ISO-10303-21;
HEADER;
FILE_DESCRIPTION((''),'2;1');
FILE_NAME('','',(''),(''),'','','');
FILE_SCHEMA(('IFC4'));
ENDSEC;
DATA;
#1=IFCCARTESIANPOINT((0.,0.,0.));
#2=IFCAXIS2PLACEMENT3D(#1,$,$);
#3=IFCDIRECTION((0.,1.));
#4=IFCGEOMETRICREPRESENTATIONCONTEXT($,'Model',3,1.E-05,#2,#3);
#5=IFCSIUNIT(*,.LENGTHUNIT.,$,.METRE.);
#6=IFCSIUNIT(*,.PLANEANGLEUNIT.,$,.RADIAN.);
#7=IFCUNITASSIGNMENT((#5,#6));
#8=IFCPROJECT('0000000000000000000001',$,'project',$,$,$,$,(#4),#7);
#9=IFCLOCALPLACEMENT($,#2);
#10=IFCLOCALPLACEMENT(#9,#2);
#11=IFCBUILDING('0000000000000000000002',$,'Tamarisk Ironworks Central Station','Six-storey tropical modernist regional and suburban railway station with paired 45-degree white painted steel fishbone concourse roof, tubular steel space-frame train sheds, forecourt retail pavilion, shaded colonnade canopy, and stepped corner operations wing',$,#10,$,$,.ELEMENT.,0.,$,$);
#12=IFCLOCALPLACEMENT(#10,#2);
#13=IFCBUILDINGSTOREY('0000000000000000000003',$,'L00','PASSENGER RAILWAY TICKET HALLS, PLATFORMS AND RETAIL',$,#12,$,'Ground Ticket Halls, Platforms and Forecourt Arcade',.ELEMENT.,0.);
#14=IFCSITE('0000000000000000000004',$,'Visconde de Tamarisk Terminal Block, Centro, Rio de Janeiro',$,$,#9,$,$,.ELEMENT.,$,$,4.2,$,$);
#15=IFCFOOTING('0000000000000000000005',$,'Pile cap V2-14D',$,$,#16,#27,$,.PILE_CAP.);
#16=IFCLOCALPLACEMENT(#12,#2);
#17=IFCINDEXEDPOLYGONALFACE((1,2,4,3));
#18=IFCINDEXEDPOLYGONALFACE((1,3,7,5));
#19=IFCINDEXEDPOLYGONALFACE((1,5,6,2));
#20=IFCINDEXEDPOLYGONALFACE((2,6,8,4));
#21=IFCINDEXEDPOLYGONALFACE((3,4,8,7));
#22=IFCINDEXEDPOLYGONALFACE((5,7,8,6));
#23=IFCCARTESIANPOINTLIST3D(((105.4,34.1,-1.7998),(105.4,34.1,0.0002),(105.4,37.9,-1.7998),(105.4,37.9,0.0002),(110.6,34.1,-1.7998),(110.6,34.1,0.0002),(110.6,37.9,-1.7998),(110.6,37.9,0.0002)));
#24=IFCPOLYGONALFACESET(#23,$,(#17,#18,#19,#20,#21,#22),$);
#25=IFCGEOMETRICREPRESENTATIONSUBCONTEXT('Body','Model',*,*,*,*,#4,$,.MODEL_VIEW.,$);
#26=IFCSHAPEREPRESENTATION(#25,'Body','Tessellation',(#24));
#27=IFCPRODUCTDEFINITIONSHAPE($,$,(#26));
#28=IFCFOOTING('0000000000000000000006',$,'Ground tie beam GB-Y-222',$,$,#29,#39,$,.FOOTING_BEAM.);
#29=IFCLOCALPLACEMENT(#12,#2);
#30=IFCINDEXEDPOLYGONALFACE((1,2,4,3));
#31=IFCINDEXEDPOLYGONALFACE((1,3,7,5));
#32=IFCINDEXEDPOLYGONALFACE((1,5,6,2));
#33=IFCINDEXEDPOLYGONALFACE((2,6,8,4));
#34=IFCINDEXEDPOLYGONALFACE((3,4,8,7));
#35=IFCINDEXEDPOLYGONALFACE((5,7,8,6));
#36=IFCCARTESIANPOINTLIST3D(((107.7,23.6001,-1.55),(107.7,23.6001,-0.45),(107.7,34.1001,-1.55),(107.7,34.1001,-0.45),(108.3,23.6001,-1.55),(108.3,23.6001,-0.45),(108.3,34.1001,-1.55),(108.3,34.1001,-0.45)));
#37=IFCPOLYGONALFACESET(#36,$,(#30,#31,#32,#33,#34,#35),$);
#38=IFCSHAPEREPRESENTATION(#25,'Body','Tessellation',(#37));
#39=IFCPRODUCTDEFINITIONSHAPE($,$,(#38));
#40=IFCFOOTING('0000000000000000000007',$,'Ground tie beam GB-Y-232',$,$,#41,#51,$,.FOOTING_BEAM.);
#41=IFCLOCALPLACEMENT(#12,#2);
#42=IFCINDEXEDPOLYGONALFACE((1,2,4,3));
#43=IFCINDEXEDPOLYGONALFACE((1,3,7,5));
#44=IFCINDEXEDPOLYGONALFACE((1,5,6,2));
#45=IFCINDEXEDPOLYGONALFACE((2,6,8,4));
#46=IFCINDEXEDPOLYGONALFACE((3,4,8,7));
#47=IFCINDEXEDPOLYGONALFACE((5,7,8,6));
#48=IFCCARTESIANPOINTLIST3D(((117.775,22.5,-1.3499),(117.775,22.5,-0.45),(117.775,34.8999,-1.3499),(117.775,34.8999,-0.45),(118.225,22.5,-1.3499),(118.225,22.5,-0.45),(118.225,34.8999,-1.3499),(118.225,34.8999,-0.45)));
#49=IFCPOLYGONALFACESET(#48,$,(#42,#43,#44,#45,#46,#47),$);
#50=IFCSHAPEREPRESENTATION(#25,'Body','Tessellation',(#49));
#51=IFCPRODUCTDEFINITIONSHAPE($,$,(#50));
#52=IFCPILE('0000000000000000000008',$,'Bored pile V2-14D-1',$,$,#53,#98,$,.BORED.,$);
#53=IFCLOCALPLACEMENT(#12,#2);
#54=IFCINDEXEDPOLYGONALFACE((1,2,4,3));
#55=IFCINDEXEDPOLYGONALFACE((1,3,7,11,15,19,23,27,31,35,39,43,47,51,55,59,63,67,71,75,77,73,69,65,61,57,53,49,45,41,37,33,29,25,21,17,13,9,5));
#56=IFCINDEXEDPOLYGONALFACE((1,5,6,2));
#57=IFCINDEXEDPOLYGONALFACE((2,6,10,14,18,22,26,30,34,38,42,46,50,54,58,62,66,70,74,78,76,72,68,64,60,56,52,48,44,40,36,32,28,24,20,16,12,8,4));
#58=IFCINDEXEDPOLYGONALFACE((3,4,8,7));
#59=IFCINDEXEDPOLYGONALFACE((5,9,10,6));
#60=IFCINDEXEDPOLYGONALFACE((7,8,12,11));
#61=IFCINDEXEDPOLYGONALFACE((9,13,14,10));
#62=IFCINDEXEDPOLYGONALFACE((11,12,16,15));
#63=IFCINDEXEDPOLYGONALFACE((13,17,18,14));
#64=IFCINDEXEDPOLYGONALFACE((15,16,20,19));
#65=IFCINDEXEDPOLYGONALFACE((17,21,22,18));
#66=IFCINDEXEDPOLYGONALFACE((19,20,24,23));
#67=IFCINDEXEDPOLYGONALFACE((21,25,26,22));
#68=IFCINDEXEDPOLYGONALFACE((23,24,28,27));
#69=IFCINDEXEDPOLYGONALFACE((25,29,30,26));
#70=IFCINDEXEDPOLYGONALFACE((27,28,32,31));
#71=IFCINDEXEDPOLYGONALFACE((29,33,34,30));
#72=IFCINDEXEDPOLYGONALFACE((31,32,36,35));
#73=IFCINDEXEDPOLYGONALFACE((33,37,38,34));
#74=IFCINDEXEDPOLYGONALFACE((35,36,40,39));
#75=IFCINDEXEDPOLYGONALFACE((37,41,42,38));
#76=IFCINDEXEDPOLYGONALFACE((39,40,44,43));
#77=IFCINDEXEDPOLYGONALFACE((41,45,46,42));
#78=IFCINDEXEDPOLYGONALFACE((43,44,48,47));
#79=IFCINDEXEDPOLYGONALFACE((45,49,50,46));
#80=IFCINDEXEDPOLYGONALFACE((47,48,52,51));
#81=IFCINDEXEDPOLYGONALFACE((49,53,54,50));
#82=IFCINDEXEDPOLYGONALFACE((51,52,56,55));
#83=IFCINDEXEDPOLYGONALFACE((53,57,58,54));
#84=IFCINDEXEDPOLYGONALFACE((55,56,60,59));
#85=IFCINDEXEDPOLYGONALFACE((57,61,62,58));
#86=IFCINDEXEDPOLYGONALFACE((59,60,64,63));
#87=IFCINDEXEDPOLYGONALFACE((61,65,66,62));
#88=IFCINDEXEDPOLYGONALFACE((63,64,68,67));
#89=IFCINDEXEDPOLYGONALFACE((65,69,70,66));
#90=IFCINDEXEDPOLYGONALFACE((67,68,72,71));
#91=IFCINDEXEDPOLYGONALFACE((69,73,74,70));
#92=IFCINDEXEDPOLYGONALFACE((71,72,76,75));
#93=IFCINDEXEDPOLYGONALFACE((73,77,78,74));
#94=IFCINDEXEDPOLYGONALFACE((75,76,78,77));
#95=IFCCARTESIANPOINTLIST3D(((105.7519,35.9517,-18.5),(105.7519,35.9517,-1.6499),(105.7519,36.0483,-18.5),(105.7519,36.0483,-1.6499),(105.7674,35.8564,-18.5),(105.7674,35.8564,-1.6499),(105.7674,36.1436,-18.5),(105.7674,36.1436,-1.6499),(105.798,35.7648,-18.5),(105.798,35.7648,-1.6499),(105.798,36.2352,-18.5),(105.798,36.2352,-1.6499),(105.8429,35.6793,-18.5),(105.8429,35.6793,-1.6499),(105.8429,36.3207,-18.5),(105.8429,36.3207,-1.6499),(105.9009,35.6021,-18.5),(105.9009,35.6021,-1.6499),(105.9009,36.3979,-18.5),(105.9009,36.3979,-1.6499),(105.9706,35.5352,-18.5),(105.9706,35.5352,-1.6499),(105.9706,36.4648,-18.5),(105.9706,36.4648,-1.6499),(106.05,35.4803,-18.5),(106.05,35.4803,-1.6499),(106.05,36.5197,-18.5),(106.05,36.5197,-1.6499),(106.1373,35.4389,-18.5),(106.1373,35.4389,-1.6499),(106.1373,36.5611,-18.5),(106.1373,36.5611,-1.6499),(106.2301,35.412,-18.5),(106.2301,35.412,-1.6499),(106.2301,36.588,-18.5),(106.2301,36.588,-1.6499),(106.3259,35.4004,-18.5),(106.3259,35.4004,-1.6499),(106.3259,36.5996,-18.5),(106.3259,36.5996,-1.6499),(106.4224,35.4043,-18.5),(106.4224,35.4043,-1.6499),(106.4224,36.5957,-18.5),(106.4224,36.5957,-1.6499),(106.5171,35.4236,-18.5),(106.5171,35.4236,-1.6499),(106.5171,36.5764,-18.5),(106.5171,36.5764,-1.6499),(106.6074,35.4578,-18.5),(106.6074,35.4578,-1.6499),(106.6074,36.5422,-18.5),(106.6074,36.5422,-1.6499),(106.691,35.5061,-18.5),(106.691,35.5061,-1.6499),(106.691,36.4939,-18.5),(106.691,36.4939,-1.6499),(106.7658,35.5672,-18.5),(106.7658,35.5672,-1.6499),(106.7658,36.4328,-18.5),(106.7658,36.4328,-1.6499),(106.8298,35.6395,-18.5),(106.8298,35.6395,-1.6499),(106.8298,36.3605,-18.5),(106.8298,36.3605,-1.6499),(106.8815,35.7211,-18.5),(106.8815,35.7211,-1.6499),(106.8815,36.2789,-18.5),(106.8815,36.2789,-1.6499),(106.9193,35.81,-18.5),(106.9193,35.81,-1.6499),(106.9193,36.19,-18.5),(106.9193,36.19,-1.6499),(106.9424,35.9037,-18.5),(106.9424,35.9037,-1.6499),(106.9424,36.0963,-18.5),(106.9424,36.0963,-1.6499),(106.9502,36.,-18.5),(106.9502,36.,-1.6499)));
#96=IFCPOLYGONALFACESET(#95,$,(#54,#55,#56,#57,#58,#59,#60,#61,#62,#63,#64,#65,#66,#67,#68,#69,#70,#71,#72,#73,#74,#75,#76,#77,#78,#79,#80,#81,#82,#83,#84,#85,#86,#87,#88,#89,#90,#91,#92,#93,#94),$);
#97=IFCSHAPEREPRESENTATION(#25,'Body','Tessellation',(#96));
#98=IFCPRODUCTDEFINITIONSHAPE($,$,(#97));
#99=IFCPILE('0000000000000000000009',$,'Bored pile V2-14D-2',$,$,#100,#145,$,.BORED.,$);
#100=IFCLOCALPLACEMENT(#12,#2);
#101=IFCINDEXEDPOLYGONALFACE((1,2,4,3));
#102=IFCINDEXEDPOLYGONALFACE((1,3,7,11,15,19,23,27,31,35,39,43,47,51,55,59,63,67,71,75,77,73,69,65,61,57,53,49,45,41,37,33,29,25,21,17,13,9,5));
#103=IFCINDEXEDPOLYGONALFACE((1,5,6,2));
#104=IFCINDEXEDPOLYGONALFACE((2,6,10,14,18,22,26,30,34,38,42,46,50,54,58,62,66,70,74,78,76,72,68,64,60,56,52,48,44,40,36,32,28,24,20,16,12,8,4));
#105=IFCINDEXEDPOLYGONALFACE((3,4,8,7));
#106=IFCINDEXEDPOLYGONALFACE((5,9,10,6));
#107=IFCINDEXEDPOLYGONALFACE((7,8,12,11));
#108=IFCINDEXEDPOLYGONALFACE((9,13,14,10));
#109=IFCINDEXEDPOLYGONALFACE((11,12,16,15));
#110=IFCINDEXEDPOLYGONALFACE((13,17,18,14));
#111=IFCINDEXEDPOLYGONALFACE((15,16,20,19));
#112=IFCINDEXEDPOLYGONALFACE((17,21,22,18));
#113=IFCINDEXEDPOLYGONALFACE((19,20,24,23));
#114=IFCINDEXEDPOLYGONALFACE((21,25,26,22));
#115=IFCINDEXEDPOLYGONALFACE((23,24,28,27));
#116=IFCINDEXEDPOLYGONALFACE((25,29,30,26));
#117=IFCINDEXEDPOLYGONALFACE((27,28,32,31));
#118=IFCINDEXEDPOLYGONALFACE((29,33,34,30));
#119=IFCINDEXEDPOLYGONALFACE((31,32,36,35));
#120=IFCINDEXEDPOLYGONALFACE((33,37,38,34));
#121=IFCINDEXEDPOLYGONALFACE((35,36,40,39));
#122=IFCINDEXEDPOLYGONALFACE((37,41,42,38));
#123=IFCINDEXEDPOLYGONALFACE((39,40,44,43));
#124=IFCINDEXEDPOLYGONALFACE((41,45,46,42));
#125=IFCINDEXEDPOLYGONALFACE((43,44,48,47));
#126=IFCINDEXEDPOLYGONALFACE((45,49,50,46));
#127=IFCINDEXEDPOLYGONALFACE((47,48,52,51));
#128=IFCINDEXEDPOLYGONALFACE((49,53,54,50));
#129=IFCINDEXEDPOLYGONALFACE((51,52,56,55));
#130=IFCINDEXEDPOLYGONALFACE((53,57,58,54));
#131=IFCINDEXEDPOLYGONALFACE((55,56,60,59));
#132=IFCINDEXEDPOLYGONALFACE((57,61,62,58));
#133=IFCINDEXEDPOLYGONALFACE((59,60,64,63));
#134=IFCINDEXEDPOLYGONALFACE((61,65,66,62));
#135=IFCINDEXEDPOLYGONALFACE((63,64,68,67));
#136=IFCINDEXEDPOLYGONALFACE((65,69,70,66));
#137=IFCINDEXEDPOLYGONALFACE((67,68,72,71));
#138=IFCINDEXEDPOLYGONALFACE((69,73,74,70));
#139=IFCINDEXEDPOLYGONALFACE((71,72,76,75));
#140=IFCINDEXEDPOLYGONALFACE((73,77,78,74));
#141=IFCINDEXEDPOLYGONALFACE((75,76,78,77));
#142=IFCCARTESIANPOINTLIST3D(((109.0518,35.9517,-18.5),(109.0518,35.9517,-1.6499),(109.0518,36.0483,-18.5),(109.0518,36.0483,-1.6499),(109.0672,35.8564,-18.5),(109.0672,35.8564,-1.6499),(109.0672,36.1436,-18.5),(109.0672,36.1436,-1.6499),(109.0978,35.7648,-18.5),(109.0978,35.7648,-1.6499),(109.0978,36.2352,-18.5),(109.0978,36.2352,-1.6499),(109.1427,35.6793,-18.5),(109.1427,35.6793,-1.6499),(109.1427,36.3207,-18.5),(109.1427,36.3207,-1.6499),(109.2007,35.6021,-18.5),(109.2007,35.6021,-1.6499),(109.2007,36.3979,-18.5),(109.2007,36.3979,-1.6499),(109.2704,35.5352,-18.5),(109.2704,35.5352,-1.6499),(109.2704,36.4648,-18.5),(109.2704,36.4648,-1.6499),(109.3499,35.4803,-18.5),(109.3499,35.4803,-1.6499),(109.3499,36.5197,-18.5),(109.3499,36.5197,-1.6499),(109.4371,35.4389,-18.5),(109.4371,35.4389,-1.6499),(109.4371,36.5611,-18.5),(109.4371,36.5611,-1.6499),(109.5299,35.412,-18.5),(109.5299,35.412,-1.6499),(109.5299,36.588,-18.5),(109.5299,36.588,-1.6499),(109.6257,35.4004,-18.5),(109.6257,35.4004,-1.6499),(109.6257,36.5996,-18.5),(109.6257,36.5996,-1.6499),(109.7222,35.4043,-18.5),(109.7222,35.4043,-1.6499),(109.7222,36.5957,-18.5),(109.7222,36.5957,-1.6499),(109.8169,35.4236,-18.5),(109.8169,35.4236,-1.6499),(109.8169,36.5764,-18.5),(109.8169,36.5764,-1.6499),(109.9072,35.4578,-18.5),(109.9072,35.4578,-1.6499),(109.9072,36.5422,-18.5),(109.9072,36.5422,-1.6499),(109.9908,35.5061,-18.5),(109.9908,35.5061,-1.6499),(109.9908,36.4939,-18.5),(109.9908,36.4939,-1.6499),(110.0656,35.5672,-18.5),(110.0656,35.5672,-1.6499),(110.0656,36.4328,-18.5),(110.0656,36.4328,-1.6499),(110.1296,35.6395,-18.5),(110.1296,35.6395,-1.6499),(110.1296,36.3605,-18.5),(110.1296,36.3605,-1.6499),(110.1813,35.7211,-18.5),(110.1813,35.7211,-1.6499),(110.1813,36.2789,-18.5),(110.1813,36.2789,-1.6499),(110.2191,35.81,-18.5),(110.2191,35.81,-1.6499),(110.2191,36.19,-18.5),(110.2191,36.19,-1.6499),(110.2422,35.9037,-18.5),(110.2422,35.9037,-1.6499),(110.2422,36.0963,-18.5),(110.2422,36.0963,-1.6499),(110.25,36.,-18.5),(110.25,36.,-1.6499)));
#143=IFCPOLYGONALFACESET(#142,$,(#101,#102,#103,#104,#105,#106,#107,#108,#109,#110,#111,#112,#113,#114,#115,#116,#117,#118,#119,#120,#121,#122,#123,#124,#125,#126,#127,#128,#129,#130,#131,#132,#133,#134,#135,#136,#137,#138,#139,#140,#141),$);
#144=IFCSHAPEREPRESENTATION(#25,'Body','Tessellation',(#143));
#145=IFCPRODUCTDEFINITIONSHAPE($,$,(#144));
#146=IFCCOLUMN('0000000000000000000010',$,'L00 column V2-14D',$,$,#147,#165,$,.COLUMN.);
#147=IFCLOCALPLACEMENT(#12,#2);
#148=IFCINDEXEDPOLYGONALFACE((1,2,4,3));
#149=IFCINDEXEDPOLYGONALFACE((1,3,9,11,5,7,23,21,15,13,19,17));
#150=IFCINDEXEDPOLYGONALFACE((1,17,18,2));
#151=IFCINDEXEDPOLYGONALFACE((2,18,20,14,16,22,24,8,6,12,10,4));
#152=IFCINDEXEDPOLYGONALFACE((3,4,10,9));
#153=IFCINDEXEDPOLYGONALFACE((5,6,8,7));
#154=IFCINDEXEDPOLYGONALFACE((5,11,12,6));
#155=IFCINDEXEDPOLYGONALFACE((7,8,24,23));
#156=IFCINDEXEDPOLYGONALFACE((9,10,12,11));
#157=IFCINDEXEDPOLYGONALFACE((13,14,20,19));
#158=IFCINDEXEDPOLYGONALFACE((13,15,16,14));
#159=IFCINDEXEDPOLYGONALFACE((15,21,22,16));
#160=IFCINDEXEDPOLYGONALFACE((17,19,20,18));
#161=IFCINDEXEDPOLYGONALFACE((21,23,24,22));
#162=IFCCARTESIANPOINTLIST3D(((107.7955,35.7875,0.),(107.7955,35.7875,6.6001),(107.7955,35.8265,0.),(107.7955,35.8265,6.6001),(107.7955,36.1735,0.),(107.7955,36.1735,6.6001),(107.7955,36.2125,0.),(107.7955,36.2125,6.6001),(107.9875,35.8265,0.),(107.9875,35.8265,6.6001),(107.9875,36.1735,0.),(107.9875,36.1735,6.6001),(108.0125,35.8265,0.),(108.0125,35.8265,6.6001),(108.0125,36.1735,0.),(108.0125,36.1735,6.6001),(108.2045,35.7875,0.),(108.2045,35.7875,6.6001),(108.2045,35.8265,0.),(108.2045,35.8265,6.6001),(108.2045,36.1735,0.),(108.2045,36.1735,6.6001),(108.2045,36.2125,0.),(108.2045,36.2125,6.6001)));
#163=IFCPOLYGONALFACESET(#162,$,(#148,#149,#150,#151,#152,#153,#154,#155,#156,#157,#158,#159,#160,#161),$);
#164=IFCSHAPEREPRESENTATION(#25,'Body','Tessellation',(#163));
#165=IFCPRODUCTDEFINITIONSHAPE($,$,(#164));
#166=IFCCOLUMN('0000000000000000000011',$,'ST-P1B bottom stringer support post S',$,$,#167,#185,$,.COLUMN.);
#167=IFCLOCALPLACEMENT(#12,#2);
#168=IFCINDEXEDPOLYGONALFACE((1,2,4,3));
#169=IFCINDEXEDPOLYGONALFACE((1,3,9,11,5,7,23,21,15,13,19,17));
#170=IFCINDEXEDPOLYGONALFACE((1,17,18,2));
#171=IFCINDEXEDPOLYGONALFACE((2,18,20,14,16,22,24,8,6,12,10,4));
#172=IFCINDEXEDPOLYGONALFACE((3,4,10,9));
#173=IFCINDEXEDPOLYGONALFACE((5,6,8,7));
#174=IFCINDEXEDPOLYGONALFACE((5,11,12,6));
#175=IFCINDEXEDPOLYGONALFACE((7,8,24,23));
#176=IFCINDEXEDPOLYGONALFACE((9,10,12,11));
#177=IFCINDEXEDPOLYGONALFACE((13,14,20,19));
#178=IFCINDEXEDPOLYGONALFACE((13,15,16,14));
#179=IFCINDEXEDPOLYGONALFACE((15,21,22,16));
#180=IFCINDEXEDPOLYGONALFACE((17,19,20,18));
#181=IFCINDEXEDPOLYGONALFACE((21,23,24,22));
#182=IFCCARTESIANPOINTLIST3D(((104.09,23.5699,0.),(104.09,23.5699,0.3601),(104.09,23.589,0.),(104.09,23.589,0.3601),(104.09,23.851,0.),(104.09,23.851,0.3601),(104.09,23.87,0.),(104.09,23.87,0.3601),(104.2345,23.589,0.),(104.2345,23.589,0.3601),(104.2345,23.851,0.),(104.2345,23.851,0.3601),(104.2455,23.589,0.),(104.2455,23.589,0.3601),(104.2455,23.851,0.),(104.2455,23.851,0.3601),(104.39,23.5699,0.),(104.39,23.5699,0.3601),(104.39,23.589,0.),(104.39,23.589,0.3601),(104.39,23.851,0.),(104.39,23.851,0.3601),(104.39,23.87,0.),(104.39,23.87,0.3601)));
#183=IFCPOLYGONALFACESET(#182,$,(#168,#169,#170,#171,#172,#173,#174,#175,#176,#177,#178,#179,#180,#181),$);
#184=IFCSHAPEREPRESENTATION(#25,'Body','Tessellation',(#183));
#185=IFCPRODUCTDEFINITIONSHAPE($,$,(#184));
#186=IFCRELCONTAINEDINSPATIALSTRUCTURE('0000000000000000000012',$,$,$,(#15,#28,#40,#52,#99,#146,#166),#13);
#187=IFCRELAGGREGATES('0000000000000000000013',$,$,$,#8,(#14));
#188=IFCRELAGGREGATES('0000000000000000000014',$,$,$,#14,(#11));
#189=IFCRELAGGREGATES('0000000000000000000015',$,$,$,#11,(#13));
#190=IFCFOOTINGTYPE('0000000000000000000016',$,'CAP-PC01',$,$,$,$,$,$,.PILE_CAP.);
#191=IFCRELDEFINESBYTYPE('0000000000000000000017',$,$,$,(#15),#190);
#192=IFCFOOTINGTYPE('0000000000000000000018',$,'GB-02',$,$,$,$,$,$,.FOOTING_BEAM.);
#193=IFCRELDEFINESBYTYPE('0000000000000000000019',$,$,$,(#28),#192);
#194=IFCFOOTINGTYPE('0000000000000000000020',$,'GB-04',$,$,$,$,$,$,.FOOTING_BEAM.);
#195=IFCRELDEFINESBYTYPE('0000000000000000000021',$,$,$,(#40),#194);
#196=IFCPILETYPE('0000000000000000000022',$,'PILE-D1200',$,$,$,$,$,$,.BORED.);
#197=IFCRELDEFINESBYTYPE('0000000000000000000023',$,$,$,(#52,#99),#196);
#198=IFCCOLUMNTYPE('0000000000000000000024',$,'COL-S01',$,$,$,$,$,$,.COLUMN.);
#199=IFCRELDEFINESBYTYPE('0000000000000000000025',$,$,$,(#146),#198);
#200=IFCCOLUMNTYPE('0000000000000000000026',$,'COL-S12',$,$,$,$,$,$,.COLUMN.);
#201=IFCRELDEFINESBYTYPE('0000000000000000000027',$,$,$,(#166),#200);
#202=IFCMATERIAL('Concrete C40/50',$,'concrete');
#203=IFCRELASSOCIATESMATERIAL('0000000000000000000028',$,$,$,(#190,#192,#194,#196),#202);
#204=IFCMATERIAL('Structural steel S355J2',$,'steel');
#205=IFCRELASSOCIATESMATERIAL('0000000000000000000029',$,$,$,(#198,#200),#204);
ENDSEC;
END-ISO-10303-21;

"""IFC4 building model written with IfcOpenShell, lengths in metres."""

from ifc_helpers import new_model, si_unit, direction, frame, origin, origin_2d, place, context, subcontext, project, spatial, rectangle, circle, i_section, extrude, material, material_profile, profile_set, type_object, element, save


model = new_model("IFC4")

# Units and contexts
model_context = context("Model", 3, precision=1e-05, world=origin(), true_north=direction((0.0, 1.0)))
body_context = subcontext(model_context, "Body", "Model", "MODEL_VIEW")
ifc_project = project(units=[si_unit("LENGTHUNIT", "METRE"), si_unit("PLANEANGLEUNIT", "RADIAN")], contexts=[model_context])

# Site, building, storey
site_placement = place(None, origin())
site = spatial("IfcSite", under=ifc_project, at=site_placement, Name="Visconde de Tamarisk Terminal Block, Centro, Rio de Janeiro", CompositionType="ELEMENT", RefElevation=4.2)
building_placement = place(site_placement, origin())
building = spatial("IfcBuilding", under=site, at=building_placement, Name="Tamarisk Ironworks Central Station", Description="Six-storey tropical modernist regional and suburban railway station with paired 45-degree white painted steel fishbone concourse roof, tubular steel space-frame train sheds, forecourt retail pavilion, shaded colonnade canopy, and stepped corner operations wing", CompositionType="ELEMENT", ElevationOfRefHeight=0.0)
storey_placement = place(building_placement, origin())
storey = spatial("IfcBuildingStorey", under=building, at=storey_placement, Name="L00", Description="PASSENGER RAILWAY TICKET HALLS, PLATFORMS AND RETAIL", LongName="Ground Ticket Halls, Platforms and Forecourt Arcade", CompositionType="ELEMENT", Elevation=0.0)

# Footings
ifc_material_1 = material(Name="Concrete C40/50", Category="concrete")
footing_type_1 = type_object("IfcFootingType", Name="CAP-PC01", PredefinedType="PILE_CAP", material=ifc_material_1)
footing_1_placement = place(storey_placement, frame((108.0, 36.0, -1.7998), z_axis=(0.0, 0.0, 1.0), x_axis=(1.0, 0.0, 0.0)))
element("IfcFooting", 1, at=footing_1_placement, inside=storey, type_object=footing_type_1, Name="Pile cap V2-14D", PredefinedType="PILE_CAP", context=body_context, shape_type="SweptSolid", body=[
    extrude(rectangle(XDim=5.2, YDim=3.8, at=origin_2d()), origin(), (0.0, 0.0, 1.0), 1.8),
])
ifc_material_profile_1 = material_profile(ifc_material_1, rectangle(XDim=0.6001, YDim=1.1001, at=origin_2d()), Name="GB02 600x1100")
ifc_profile_set_1 = profile_set([ifc_material_profile_1], Name="Concrete C40/50")
footing_type_2 = type_object("IfcFootingType", Name="GB-02", PredefinedType="FOOTING_BEAM", material=ifc_profile_set_1)
footing_2_placement = place(storey_placement, frame((108.0, 23.6001, -1.0), z_axis=(0.0, 1.0, 0.0), x_axis=(-1.0, 0.0, 0.0)))
element("IfcFooting", 2, at=footing_2_placement, inside=storey, type_object=footing_type_2, Name="Ground tie beam GB-Y-222", PredefinedType="FOOTING_BEAM", context=body_context, shape_type="SweptSolid", body=[
    extrude(rectangle(XDim=0.6001, YDim=1.1001, at=origin_2d()), origin(), (0.0, 0.0, 1.0), 10.5),
])
ifc_material_profile_2 = material_profile(ifc_material_1, rectangle(XDim=0.45, YDim=0.8999, at=origin_2d()), Name="GB04 450x900")
ifc_profile_set_2 = profile_set([ifc_material_profile_2], Name="Concrete C40/50")
footing_type_3 = type_object("IfcFootingType", Name="GB-04", PredefinedType="FOOTING_BEAM", material=ifc_profile_set_2)
footing_3_placement = place(storey_placement, frame((118.0, 22.5, -0.8999), z_axis=(0.0, 1.0, 0.0), x_axis=(-1.0, 0.0, 0.0)))
element("IfcFooting", 3, at=footing_3_placement, inside=storey, type_object=footing_type_3, Name="Ground tie beam GB-Y-232", PredefinedType="FOOTING_BEAM", context=body_context, shape_type="SweptSolid", body=[
    extrude(rectangle(XDim=0.45, YDim=0.8999, at=origin_2d()), origin(), (0.0, 0.0, 1.0), 12.3999),
])

# Piles
ifc_material_profile_3 = material_profile(ifc_material_1, circle(Radius=0.6001, at=origin_2d()), Name="BORED PILE D1200")
ifc_profile_set_3 = profile_set([ifc_material_profile_3], Name="Concrete C40/50")
pile_type = type_object("IfcPileType", Name="PILE-D1200", PredefinedType="BORED", material=ifc_profile_set_3)
for number, where, z_axis, x_axis, name in (
    (4, (106.3501, 36.0, -1.6499), (0.0, 0.0, -1.0), (1.0, 0.0, 0.0), "Bored pile V2-14D-1"),
    (5, (109.6499, 36.0, -1.6499), (0.0, 0.0, -1.0), (1.0, 0.0, 0.0), "Bored pile V2-14D-2"),
):
    element("IfcPile", number, at=place(storey_placement, frame(where, z_axis=z_axis, x_axis=x_axis)), inside=storey, type_object=pile_type, Name=name, PredefinedType="BORED", context=body_context, shape_type="SweptSolid", body=[
        extrude(circle(Radius=0.6001, at=origin_2d()), origin(), (0.0, 0.0, 1.0), 16.8501),
    ])

# Columns
ifc_material_2 = material(Name="Structural steel S355J2", Category="steel")
ifc_material_profile_4 = material_profile(ifc_material_2, i_section(OverallWidth=0.4089, OverallDepth=0.425, WebThickness=0.0249, FlangeThickness=0.0391, at=origin_2d()), Name="HD 400x421")
ifc_profile_set_4 = profile_set([ifc_material_profile_4], Name="Structural steel S355J2")
column_type_1 = type_object("IfcColumnType", Name="COL-S01", PredefinedType="COLUMN", material=ifc_profile_set_4)
column_placement = place(storey_placement, frame((108.0, 36.0, 0.0), z_axis=(0.0, 0.0, 1.0), x_axis=(1.0, 0.0, 0.0)))
element("IfcColumn", 6, at=column_placement, inside=storey, type_object=column_type_1, Name="L00 column V2-14D", PredefinedType="COLUMN", context=body_context, shape_type="SweptSolid", body=[
    extrude(i_section(OverallWidth=0.4089, OverallDepth=0.425, WebThickness=0.0249, FlangeThickness=0.0391, at=origin_2d()), origin(), (0.0, 0.0, 1.0), 6.6001),
])
ifc_material_profile_5 = material_profile(ifc_material_2, i_section(OverallWidth=0.3, OverallDepth=0.3, WebThickness=0.011, FlangeThickness=0.019, at=origin_2d()), Name="HEB 300")
ifc_profile_set_5 = profile_set([ifc_material_profile_5], Name="Structural steel S355J2")
column_type_2 = type_object("IfcColumnType", Name="COL-S12", PredefinedType="COLUMN", material=ifc_profile_set_5)
for number, where, z_axis, x_axis, name in (
    (7, (104.24, 23.72, 0.0), (0.0, 0.0, 1.0), (1.0, 0.0, 0.0), "ST-P1B bottom stringer support post S"),
):
    element("IfcColumn", number, at=place(storey_placement, frame(where, z_axis=z_axis, x_axis=x_axis)), inside=storey, type_object=column_type_2, Name=name, PredefinedType="COLUMN", context=body_context, shape_type="SweptSolid", body=[
        extrude(i_section(OverallWidth=0.3, OverallDepth=0.3, WebThickness=0.011, FlangeThickness=0.019, at=origin_2d()), origin(), (0.0, 0.0, 1.0), 0.3601),
    ])

save(model, "model.ifc")
